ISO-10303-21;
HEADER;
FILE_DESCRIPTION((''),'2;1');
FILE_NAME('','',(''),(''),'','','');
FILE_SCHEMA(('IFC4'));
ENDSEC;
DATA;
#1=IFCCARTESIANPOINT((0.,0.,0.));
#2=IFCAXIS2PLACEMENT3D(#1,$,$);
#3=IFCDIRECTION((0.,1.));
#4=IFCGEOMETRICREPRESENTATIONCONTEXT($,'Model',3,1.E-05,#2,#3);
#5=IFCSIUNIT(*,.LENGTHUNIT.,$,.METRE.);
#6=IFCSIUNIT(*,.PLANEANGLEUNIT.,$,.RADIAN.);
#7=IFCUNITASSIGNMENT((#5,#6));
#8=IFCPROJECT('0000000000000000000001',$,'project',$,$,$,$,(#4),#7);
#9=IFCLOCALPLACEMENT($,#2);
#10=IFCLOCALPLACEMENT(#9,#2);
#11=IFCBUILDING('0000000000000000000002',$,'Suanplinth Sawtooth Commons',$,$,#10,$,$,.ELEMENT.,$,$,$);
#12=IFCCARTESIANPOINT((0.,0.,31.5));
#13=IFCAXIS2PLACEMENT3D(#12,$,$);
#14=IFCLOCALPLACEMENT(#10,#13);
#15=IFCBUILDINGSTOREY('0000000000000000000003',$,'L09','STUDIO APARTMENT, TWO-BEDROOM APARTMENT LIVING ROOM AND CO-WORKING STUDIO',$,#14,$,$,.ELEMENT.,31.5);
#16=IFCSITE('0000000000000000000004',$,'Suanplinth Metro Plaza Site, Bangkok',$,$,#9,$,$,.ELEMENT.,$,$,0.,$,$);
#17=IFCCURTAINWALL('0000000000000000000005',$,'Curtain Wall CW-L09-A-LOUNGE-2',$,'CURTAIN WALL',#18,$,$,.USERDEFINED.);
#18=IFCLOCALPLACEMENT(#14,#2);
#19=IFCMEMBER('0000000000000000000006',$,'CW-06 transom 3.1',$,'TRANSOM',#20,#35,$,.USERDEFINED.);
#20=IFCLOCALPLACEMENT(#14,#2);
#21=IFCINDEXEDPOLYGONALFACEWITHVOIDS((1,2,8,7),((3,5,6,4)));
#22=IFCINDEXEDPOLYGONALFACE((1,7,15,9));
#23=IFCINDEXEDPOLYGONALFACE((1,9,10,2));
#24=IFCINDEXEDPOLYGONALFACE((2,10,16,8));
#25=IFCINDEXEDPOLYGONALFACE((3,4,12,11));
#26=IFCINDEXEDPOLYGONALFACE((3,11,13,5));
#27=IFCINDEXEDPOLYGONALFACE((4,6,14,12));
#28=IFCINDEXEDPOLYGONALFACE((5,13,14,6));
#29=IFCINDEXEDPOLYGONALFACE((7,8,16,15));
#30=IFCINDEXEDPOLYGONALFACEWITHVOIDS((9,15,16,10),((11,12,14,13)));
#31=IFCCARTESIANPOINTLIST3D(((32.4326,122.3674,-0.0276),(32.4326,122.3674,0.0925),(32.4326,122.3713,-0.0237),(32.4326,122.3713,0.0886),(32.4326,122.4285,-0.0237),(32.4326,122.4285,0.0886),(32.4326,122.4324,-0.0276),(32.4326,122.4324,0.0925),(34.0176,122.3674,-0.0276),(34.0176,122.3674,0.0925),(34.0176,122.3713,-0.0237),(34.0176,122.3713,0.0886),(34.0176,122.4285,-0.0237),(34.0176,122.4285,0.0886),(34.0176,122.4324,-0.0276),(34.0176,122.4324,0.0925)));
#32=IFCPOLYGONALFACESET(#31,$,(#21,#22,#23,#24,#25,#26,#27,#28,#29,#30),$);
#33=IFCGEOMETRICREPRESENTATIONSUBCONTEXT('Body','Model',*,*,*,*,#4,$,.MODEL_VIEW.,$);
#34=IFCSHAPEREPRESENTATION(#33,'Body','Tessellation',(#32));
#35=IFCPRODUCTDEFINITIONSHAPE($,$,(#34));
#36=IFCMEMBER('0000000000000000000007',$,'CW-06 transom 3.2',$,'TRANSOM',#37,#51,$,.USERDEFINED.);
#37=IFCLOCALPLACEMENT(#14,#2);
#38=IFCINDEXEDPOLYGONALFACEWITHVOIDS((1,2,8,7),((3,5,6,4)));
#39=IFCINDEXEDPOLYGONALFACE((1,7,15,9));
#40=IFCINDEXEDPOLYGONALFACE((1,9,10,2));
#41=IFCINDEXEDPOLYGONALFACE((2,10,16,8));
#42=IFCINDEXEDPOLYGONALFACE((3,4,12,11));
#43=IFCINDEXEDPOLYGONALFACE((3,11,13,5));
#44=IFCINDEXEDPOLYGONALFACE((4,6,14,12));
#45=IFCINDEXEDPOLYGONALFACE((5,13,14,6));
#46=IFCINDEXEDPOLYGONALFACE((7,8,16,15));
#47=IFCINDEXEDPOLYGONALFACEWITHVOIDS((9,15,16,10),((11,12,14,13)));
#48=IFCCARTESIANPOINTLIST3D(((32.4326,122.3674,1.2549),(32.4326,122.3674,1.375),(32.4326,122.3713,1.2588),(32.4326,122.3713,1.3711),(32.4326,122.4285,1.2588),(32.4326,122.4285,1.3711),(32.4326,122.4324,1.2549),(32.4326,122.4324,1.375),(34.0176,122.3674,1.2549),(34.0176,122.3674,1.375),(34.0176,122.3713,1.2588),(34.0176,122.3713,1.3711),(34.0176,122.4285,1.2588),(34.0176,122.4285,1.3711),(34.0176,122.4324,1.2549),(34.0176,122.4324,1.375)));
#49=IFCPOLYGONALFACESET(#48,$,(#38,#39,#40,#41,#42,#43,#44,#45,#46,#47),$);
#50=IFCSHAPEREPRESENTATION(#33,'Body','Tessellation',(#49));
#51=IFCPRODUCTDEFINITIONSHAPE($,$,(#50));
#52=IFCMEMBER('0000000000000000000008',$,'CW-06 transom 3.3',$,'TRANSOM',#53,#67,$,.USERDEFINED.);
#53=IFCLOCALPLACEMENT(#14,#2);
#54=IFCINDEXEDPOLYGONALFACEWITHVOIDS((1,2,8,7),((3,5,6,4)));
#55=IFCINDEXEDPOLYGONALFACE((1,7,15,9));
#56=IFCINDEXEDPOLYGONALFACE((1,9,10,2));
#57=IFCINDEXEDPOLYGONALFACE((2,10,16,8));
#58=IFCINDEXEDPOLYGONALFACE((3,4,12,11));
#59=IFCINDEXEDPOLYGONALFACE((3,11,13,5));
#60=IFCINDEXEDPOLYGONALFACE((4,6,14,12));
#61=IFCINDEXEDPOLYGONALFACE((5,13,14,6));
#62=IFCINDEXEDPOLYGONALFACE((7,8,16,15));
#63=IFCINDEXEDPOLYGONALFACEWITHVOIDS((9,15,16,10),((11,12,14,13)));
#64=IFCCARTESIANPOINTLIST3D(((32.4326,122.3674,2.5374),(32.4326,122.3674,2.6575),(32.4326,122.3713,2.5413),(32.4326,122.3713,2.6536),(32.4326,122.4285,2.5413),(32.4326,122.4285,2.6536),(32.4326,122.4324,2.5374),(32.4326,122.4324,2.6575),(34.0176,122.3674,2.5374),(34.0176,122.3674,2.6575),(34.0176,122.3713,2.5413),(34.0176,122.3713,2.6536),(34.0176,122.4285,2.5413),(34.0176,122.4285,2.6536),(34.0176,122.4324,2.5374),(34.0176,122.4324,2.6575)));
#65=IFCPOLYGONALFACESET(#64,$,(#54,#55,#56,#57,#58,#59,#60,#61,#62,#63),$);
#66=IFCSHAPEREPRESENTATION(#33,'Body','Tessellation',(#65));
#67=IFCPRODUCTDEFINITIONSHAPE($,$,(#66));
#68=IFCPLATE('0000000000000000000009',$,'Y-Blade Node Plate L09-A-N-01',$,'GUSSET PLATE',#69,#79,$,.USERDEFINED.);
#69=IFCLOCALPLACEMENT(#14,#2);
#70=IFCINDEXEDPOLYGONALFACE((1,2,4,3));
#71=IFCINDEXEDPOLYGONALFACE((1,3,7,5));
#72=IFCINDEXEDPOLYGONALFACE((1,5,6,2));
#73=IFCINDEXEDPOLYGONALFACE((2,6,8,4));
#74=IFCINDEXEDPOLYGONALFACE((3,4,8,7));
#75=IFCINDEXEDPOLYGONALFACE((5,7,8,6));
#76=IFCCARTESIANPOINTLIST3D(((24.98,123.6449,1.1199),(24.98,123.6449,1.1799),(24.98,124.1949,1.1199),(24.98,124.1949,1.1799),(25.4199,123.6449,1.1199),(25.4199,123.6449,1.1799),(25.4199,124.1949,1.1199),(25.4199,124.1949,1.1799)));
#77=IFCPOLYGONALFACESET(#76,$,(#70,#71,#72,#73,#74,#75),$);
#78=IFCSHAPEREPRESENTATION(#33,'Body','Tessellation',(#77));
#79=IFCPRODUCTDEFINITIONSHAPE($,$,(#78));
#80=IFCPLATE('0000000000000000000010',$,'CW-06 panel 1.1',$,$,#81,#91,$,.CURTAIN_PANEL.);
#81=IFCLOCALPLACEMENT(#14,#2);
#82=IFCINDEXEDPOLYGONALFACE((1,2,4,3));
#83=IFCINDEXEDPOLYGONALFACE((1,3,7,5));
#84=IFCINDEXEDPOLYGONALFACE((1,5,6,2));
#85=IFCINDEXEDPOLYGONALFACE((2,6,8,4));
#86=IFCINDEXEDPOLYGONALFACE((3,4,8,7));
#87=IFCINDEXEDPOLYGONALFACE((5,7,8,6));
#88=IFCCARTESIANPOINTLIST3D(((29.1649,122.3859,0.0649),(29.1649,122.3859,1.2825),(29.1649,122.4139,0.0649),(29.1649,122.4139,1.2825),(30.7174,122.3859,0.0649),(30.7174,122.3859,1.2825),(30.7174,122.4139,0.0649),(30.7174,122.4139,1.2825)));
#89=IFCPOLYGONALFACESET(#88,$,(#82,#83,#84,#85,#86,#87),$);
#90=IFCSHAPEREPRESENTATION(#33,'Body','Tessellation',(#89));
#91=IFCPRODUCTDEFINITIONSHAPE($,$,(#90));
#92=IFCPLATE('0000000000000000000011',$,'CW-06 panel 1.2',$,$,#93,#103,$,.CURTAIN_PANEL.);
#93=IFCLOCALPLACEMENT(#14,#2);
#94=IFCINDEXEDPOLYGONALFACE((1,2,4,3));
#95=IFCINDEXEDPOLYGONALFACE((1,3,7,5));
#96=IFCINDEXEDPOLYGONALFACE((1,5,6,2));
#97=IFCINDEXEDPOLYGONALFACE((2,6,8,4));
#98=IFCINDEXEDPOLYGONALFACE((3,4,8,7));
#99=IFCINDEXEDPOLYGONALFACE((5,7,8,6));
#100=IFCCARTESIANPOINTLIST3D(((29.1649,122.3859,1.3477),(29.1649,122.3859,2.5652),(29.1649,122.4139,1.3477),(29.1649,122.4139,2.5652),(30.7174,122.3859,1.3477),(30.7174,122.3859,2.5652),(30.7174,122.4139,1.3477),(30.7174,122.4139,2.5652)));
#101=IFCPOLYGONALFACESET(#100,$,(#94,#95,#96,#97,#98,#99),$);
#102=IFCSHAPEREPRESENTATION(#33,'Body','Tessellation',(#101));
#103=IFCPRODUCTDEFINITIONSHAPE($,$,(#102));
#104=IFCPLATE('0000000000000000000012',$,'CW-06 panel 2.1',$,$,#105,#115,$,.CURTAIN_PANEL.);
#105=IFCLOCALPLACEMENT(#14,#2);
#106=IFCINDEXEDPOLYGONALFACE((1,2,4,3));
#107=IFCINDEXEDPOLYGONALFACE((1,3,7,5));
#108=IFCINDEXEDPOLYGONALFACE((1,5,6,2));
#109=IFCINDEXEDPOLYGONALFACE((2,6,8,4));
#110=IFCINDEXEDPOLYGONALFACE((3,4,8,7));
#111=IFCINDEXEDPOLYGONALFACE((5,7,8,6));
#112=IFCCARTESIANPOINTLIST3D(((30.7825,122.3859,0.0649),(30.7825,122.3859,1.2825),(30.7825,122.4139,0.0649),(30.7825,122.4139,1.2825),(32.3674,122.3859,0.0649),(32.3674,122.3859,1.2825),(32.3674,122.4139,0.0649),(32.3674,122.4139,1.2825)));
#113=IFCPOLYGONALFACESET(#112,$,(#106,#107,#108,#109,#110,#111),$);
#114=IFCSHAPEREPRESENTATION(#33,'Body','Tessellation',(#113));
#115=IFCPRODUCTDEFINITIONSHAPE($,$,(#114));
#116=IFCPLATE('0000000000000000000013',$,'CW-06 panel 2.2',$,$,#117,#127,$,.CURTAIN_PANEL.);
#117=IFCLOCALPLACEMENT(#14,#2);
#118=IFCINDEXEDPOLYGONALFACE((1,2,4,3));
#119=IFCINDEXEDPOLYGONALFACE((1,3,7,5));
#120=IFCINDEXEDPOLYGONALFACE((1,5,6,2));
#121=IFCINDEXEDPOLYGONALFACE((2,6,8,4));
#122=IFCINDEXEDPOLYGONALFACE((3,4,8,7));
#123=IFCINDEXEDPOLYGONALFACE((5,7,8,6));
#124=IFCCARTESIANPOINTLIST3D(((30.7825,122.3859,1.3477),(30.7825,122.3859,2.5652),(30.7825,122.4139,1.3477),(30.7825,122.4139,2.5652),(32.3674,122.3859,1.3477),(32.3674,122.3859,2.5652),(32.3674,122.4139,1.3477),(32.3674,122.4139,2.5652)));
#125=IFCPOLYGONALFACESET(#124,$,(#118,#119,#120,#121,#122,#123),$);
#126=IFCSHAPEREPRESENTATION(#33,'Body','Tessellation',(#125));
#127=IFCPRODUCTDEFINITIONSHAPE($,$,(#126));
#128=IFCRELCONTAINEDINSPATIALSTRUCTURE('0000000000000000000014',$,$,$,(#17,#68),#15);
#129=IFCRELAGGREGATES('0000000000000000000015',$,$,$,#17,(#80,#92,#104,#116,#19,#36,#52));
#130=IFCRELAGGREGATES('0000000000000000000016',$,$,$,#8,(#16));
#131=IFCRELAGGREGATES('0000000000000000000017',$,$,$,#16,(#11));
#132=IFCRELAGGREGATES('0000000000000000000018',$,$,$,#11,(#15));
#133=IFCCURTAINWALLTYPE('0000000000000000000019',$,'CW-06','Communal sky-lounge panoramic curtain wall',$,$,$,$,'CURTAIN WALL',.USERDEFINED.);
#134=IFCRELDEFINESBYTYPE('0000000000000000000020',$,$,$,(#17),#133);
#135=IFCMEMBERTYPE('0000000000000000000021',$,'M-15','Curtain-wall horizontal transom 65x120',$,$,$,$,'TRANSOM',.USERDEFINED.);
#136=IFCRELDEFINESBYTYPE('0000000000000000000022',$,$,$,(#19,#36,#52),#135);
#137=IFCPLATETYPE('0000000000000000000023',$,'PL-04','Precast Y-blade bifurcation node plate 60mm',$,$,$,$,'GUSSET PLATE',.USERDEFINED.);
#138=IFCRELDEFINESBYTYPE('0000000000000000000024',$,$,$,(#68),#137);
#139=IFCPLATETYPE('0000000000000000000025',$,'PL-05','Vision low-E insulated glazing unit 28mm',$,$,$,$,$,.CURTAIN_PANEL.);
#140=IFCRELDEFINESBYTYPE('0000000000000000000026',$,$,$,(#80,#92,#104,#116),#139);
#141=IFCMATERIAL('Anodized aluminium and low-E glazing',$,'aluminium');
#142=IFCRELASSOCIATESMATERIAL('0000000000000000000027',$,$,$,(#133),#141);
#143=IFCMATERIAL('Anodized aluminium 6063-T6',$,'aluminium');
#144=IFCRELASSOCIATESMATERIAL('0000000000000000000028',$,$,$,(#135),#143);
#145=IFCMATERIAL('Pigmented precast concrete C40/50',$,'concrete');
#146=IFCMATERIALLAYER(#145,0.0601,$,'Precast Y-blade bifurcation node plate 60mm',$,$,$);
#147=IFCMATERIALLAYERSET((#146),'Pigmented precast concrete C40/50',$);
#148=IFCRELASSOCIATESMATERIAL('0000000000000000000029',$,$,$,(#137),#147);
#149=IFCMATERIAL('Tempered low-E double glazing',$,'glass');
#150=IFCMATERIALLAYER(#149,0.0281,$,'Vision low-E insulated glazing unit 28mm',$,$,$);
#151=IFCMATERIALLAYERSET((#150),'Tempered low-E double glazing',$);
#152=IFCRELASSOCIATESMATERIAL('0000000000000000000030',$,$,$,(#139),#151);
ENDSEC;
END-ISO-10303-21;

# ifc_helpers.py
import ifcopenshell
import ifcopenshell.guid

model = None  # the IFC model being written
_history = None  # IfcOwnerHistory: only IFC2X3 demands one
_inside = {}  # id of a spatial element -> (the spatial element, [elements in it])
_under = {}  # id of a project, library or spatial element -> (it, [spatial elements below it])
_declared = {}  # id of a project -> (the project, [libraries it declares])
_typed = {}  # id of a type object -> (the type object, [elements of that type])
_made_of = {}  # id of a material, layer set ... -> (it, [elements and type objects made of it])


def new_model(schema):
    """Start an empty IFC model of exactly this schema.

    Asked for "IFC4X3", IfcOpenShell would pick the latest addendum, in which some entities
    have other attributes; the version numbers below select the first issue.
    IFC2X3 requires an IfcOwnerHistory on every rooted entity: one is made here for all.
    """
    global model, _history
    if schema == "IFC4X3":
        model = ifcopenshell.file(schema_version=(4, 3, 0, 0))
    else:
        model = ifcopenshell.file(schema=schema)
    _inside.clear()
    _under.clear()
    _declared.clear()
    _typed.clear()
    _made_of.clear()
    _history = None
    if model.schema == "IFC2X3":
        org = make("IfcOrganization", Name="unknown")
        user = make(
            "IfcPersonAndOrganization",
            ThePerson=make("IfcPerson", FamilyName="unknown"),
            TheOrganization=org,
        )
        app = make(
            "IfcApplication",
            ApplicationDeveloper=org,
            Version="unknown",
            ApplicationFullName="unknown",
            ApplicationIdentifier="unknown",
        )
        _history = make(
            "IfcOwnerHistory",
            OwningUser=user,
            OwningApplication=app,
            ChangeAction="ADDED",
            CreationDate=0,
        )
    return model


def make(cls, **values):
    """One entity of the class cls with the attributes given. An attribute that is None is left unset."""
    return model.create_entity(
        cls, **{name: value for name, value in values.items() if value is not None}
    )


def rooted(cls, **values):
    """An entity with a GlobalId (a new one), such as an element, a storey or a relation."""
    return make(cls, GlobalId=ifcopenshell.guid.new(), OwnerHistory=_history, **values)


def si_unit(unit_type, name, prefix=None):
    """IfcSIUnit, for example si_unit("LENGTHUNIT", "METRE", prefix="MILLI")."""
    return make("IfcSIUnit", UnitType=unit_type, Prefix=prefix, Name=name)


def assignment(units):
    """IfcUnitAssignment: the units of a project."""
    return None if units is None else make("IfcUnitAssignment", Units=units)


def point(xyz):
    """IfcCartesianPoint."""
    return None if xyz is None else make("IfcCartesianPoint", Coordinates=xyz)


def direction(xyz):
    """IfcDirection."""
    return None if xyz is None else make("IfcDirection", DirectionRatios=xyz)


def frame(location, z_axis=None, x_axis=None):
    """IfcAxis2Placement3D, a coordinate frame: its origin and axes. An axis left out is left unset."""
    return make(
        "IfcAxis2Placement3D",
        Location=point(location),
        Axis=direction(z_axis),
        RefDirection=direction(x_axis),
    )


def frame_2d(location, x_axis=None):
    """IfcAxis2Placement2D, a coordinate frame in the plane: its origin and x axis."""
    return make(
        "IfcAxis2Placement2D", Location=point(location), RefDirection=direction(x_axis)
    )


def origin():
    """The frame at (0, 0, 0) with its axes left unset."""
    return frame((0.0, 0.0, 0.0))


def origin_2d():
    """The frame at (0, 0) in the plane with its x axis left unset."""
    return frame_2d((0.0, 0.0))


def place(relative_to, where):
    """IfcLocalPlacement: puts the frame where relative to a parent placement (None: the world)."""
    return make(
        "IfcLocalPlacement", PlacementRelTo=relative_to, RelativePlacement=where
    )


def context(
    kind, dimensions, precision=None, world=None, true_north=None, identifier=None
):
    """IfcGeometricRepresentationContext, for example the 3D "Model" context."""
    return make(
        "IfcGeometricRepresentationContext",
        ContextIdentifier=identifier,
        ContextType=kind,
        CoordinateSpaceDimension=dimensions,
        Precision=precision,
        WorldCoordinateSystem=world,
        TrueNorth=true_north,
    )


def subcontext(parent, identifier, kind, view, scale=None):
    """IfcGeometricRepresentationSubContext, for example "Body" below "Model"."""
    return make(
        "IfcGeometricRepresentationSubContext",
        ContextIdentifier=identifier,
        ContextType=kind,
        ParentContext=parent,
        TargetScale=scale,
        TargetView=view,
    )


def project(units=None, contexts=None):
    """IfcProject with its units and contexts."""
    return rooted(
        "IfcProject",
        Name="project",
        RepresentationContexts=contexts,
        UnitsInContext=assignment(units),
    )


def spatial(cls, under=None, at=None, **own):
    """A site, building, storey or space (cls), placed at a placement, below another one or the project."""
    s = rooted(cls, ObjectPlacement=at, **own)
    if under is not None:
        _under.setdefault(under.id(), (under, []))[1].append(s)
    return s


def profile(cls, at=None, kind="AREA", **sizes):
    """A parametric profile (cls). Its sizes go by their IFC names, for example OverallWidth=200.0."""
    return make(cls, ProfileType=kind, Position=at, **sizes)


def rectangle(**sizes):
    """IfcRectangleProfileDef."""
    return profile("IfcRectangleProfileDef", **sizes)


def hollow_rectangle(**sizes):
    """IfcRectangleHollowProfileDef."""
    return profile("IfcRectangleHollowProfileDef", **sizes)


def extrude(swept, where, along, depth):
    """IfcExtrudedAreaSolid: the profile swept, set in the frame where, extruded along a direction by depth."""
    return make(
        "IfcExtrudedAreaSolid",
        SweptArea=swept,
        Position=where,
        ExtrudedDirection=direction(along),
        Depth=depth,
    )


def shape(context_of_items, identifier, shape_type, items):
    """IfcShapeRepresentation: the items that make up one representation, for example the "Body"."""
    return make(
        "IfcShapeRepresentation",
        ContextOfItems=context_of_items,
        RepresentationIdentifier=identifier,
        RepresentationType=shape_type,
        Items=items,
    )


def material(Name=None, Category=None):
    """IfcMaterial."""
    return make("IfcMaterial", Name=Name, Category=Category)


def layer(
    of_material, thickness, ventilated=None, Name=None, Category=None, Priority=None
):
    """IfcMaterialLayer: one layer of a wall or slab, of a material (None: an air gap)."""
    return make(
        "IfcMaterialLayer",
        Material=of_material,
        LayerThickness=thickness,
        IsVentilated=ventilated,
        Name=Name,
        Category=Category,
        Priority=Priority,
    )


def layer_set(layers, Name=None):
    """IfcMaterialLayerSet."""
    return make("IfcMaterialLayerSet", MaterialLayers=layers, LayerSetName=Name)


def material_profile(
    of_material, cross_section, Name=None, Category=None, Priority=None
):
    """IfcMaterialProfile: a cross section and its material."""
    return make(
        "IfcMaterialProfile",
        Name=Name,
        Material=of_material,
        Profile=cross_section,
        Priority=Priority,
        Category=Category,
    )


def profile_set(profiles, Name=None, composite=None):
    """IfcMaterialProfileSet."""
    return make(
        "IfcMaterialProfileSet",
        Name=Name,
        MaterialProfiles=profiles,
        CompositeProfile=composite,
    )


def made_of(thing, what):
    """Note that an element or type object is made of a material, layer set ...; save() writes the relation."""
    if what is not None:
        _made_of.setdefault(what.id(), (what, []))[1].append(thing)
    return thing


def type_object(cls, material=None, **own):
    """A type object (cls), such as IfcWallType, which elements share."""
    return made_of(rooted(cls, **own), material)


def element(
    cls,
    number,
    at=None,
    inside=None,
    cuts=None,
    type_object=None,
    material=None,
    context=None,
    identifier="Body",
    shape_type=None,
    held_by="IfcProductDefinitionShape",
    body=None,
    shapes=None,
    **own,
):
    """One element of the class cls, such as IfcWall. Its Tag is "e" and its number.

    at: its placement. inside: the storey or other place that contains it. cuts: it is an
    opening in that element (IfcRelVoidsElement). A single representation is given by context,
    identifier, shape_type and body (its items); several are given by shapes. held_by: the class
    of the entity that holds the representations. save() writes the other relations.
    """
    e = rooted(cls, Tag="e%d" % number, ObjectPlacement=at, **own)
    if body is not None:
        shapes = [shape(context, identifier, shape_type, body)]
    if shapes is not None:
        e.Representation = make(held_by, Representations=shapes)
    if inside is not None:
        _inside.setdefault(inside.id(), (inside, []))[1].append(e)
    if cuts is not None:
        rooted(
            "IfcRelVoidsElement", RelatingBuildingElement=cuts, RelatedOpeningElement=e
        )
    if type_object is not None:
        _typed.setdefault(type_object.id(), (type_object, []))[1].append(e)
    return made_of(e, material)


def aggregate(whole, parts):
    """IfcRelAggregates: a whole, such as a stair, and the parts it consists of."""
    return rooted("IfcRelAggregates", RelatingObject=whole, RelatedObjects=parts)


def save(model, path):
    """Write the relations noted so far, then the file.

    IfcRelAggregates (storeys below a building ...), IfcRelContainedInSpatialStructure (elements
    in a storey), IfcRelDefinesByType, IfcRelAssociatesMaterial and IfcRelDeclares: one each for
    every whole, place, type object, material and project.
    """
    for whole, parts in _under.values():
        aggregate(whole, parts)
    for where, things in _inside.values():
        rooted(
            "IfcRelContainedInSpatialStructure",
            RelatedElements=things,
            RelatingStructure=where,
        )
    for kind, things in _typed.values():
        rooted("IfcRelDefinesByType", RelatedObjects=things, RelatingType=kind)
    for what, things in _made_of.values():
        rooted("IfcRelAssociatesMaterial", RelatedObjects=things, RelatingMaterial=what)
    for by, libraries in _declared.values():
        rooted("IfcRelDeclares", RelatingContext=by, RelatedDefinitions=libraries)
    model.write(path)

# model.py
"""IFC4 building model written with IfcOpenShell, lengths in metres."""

from ifc_helpers import new_model, si_unit, direction, frame, origin, origin_2d, place, context, subcontext, project, spatial, rectangle, hollow_rectangle, extrude, material, layer, layer_set, material_profile, profile_set, type_object, element, aggregate, save


model = new_model("IFC4")

# Units and contexts
model_context = context("Model", 3, precision=1e-05, world=origin(), true_north=direction((0.0, 1.0)))
body_context = subcontext(model_context, "Body", "Model", "MODEL_VIEW")
ifc_project = project(units=[si_unit("LENGTHUNIT", "METRE"), si_unit("PLANEANGLEUNIT", "RADIAN")], contexts=[model_context])

# Site, building, storey
site_placement = place(None, origin())
site = spatial("IfcSite", under=ifc_project, at=site_placement, Name="Suanplinth Metro Plaza Site, Bangkok", CompositionType="ELEMENT", RefElevation=0.0)
building_placement = place(site_placement, origin())
building = spatial("IfcBuilding", under=site, at=building_placement, Name="Suanplinth Sawtooth Commons", CompositionType="ELEMENT")
storey_placement = place(building_placement, frame((0.0, 0.0, 31.5)))
storey = spatial("IfcBuildingStorey", under=building, at=storey_placement, Name="L09", Description="STUDIO APARTMENT, TWO-BEDROOM APARTMENT LIVING ROOM AND CO-WORKING STUDIO", CompositionType="ELEMENT", Elevation=31.5)

# Shared definitions
ifc_material_1 = material(Name="Pigmented precast concrete C40/50", Category="concrete")

# Curtain wall, members
ifc_material_2 = material(Name="Anodized aluminium and low-E glazing", Category="aluminium")
curtain_wall_type = type_object("IfcCurtainWallType", Name="CW-06", Description="Communal sky-lounge panoramic curtain wall", ElementType="CURTAIN WALL", PredefinedType="USERDEFINED", material=ifc_material_2)
curtain_wall_placement = place(storey_placement, origin())
curtain_wall = element("IfcCurtainWall", 1, at=curtain_wall_placement, inside=storey, type_object=curtain_wall_type, Name="Curtain Wall CW-L09-A-LOUNGE-2", ObjectType="CURTAIN WALL", PredefinedType="USERDEFINED")
ifc_material_3 = material(Name="Anodized aluminium 6063-T6", Category="aluminium")
ifc_material_profile_1 = material_profile(ifc_material_3, hollow_rectangle(XDim=0.0649, YDim=0.1201, WallThickness=0.0039, at=origin_2d()), Name="ALU-TRN 65x120")
ifc_profile_set_1 = profile_set([ifc_material_profile_1], Name="Anodized aluminium 6063-T6")
member_type_1 = type_object("IfcMemberType", Name="M-15", Description="Curtain-wall horizontal transom 65x120", ElementType="TRANSOM", PredefinedType="USERDEFINED", material=ifc_profile_set_1)
member_1_placement = place(storey_placement, frame((32.4326, 122.3999, 0.0325), z_axis=(1.0, 0.0, 0.0), x_axis=(0.0, 1.0, 0.0)))
member_1 = element("IfcMember", 2, at=member_1_placement, type_object=member_type_1, Name="CW-06 transom 3.1", ObjectType="TRANSOM", PredefinedType="USERDEFINED", context=body_context, shape_type="SweptSolid", body=[
    extrude(hollow_rectangle(XDim=0.0649, YDim=0.1201, WallThickness=0.0039, at=origin_2d()), origin(), (0.0, 0.0, 1.0), 1.585),
])
member_2_placement = place(storey_placement, frame((32.4326, 122.3999, 1.3149), z_axis=(1.0, 0.0, 0.0), x_axis=(0.0, 1.0, 0.0)))
member_2 = element("IfcMember", 3, at=member_2_placement, type_object=member_type_1, Name="CW-06 transom 3.2", ObjectType="TRANSOM", PredefinedType="USERDEFINED", context=body_context, shape_type="SweptSolid", body=[
    extrude(hollow_rectangle(XDim=0.0649, YDim=0.1201, WallThickness=0.0039, at=origin_2d()), origin(), (0.0, 0.0, 1.0), 1.585),
])
member_3_placement = place(storey_placement, frame((32.4326, 122.3999, 2.5974), z_axis=(1.0, 0.0, 0.0), x_axis=(0.0, 1.0, 0.0)))
member_3 = element("IfcMember", 4, at=member_3_placement, type_object=member_type_1, Name="CW-06 transom 3.3", ObjectType="TRANSOM", PredefinedType="USERDEFINED", context=body_context, shape_type="SweptSolid", body=[
    extrude(hollow_rectangle(XDim=0.0649, YDim=0.1201, WallThickness=0.0039, at=origin_2d()), origin(), (0.0, 0.0, 1.0), 1.585),
])

# Plates
ifc_layer_1 = layer(ifc_material_1, 0.0601, Name="Precast Y-blade bifurcation node plate 60mm")
ifc_layer_set_1 = layer_set([ifc_layer_1], Name="Pigmented precast concrete C40/50")
plate_type_1 = type_object("IfcPlateType", Name="PL-04", Description="Precast Y-blade bifurcation node plate 60mm", ElementType="GUSSET PLATE", PredefinedType="USERDEFINED", material=ifc_layer_set_1)
plate_1_placement = place(storey_placement, frame((25.2, 123.9199, 1.1199), z_axis=(0.0, 0.0, 1.0), x_axis=(1.0, 0.0, 0.0)))
element("IfcPlate", 5, at=plate_1_placement, inside=storey, type_object=plate_type_1, Name="Y-Blade Node Plate L09-A-N-01", ObjectType="GUSSET PLATE", PredefinedType="USERDEFINED", context=body_context, shape_type="SweptSolid", body=[
    extrude(rectangle(XDim=0.4399, YDim=0.55, at=origin_2d()), origin(), (0.0, 0.0, 1.0), 0.0601),
])
ifc_material_4 = material(Name="Tempered low-E double glazing", Category="glass")
ifc_layer_2 = layer(ifc_material_4, 0.0281, Name="Vision low-E insulated glazing unit 28mm")
ifc_layer_set_2 = layer_set([ifc_layer_2], Name="Tempered low-E double glazing")
plate_type_2 = type_object("IfcPlateType", Name="PL-05", Description="Vision low-E insulated glazing unit 28mm", PredefinedType="CURTAIN_PANEL", material=ifc_layer_set_2)
plate_2_placement = place(storey_placement, frame((29.9412, 122.3999, 0.0649), z_axis=(0.0, 0.0, 1.0), x_axis=(1.0, 0.0, 0.0)))
plate_2 = element("IfcPlate", 6, at=plate_2_placement, type_object=plate_type_2, Name="CW-06 panel 1.1", PredefinedType="CURTAIN_PANEL", context=body_context, shape_type="SweptSolid", body=[
    extrude(rectangle(XDim=1.5525, YDim=0.0281, at=origin_2d()), origin(), (0.0, 0.0, 1.0), 1.2175),
])
plate_3_placement = place(storey_placement, frame((29.9412, 122.3999, 1.3477), z_axis=(0.0, 0.0, 1.0), x_axis=(1.0, 0.0, 0.0)))
plate_3 = element("IfcPlate", 7, at=plate_3_placement, type_object=plate_type_2, Name="CW-06 panel 1.2", PredefinedType="CURTAIN_PANEL", context=body_context, shape_type="SweptSolid", body=[
    extrude(rectangle(XDim=1.5525, YDim=0.0281, at=origin_2d()), origin(), (0.0, 0.0, 1.0), 1.2175),
])
plate_4_placement = place(storey_placement, frame((31.575, 122.3999, 0.0649), z_axis=(0.0, 0.0, 1.0), x_axis=(1.0, 0.0, 0.0)))
plate_4 = element("IfcPlate", 8, at=plate_4_placement, type_object=plate_type_2, Name="CW-06 panel 2.1", PredefinedType="CURTAIN_PANEL", context=body_context, shape_type="SweptSolid", body=[
    extrude(rectangle(XDim=1.585, YDim=0.0281, at=origin_2d()), origin(), (0.0, 0.0, 1.0), 1.2175),
])
plate_5_placement = place(storey_placement, frame((31.575, 122.3999, 1.3477), z_axis=(0.0, 0.0, 1.0), x_axis=(1.0, 0.0, 0.0)))
plate_5 = element("IfcPlate", 9, at=plate_5_placement, type_object=plate_type_2, Name="CW-06 panel 2.2", PredefinedType="CURTAIN_PANEL", context=body_context, shape_type="SweptSolid", body=[
    extrude(rectangle(XDim=1.585, YDim=0.0281, at=origin_2d()), origin(), (0.0, 0.0, 1.0), 1.2175),
])
aggregate(curtain_wall, [plate_2, plate_3, plate_4, plate_5, member_1, member_2, member_3])

save(model, "model.ifc")
